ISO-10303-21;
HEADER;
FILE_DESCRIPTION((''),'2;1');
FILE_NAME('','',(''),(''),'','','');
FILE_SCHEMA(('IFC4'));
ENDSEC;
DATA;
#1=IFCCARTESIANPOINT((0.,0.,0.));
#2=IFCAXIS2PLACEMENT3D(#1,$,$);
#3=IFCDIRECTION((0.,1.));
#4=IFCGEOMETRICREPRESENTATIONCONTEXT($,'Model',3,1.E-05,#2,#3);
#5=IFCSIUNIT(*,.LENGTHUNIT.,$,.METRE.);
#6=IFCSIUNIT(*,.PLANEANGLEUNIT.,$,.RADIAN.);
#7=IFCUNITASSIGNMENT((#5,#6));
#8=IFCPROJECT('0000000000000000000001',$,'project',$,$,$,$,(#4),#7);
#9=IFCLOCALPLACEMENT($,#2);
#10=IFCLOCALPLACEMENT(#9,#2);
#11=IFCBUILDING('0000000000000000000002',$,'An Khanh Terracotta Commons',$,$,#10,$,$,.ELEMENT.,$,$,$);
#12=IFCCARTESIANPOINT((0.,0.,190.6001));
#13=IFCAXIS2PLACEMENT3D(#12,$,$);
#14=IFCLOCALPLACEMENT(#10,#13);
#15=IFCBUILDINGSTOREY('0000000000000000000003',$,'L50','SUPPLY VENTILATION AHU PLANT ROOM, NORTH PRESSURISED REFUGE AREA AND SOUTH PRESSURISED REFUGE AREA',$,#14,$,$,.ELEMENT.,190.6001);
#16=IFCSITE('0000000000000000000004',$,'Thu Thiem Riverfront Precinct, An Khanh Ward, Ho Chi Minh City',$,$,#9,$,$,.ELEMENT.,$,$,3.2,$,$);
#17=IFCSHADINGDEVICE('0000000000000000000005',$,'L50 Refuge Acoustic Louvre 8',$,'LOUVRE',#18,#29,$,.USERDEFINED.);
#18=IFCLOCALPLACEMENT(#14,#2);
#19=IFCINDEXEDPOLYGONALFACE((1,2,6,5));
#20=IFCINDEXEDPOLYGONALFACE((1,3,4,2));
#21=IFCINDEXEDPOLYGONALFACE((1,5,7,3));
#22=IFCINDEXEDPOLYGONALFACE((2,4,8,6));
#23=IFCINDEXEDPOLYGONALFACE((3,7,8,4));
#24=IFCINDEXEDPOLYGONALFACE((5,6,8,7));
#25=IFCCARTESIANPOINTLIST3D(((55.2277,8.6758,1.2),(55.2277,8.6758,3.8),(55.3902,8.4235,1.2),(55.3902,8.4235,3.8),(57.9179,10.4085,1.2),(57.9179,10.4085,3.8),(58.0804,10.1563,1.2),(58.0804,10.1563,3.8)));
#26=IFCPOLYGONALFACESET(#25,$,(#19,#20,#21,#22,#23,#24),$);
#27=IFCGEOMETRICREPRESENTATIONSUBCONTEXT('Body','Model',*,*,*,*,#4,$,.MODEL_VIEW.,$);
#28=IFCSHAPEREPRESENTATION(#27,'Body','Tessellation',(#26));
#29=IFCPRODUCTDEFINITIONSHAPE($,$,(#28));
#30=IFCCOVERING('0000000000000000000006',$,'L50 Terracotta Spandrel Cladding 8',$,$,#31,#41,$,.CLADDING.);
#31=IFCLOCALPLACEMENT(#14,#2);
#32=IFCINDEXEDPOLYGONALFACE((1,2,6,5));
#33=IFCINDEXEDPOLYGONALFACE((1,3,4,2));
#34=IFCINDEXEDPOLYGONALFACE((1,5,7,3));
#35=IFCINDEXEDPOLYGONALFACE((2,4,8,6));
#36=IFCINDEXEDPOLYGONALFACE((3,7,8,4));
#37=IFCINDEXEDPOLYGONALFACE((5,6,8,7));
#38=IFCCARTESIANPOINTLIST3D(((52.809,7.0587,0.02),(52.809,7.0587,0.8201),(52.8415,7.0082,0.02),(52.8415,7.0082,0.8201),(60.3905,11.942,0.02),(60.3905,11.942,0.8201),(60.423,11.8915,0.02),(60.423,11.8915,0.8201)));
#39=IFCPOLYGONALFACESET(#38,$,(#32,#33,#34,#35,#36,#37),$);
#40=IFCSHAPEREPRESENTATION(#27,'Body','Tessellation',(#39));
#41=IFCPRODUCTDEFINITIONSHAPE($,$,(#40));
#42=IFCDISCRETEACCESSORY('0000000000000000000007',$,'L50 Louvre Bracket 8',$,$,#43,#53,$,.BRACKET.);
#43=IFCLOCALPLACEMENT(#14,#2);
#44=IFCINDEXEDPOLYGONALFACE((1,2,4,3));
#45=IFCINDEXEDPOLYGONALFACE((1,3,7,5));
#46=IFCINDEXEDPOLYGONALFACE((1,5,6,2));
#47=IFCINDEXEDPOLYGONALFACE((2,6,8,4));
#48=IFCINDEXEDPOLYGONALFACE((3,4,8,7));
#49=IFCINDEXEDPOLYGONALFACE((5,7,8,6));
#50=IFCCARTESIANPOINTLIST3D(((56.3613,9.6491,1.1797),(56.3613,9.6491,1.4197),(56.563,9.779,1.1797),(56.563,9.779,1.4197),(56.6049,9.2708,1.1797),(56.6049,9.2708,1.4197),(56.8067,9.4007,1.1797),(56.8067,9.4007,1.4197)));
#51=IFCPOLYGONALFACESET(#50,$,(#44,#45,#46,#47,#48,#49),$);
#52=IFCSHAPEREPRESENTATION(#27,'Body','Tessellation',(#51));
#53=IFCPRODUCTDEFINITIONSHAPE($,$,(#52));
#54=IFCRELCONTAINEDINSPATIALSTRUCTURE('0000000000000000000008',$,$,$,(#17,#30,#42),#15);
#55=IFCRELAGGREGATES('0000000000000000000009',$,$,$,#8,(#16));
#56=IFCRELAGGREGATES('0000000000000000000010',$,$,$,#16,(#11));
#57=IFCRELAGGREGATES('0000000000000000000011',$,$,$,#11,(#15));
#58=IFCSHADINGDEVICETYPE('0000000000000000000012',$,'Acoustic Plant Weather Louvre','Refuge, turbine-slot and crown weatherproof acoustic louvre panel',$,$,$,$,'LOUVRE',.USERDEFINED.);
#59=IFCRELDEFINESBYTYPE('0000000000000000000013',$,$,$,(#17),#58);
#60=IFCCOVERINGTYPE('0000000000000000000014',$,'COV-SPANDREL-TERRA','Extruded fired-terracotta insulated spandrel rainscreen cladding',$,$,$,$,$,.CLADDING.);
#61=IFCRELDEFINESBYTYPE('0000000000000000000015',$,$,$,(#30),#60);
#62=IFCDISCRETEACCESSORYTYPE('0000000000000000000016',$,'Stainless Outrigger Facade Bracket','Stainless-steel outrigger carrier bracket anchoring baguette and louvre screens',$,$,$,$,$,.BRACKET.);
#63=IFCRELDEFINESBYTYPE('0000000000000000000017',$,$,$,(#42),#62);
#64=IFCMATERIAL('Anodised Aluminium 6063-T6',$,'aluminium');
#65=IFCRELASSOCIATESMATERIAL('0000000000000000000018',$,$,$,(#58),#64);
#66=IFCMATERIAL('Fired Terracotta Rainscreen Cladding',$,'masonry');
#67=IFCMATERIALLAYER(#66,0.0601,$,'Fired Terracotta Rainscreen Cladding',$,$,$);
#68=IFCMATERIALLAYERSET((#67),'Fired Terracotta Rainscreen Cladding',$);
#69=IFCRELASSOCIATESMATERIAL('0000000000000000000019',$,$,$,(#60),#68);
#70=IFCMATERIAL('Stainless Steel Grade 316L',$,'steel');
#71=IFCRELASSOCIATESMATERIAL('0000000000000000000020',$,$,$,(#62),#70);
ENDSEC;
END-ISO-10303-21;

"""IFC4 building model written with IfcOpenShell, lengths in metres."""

from ifc_helpers import new_model, si_unit, direction, frame, origin, origin_2d, place, context, subcontext, project, spatial, rectangle, extrude, material, layer, layer_set, type_object, element, save


model = new_model("IFC4")

# Units and contexts
model_context = context("Model", 3, precision=1e-05, world=origin(), true_north=direction((0.0, 1.0)))
body_context = subcontext(model_context, "Body", "Model", "MODEL_VIEW")
ifc_project = project(units=[si_unit("LENGTHUNIT", "METRE"), si_unit("PLANEANGLEUNIT", "RADIAN")], contexts=[model_context])

# Site, building, storey
site_placement = place(None, origin())
site = spatial("IfcSite", under=ifc_project, at=site_placement, Name="Thu Thiem Riverfront Precinct, An Khanh Ward, Ho Chi Minh City", CompositionType="ELEMENT", RefElevation=3.2)
building_placement = place(site_placement, origin())
building = spatial("IfcBuilding", under=site, at=building_placement, Name="An Khanh Terracotta Commons", CompositionType="ELEMENT")
storey_placement = place(building_placement, frame((0.0, 0.0, 190.6001)))
storey = spatial("IfcBuildingStorey", under=building, at=storey_placement, Name="L50", Description="SUPPLY VENTILATION AHU PLANT ROOM, NORTH PRESSURISED REFUGE AREA AND SOUTH PRESSURISED REFUGE AREA", CompositionType="ELEMENT", Elevation=190.6001)

# Shading device
ifc_material_1 = material(Name="Anodised Aluminium 6063-T6", Category="aluminium")
shading_device_type = type_object("IfcShadingDeviceType", Name="Acoustic Plant Weather Louvre", Description="Refuge, turbine-slot and crown weatherproof acoustic louvre panel", ElementType="LOUVRE", PredefinedType="USERDEFINED", material=ifc_material_1)
shading_device_placement = place(storey_placement, frame((56.6541, 9.416, 1.2), z_axis=(0.0, 0.0, 1.0), x_axis=(0.840702, 0.541498, 0.0)))
element("IfcShadingDevice", 1, at=shading_device_placement, inside=storey, type_object=shading_device_type, Name="L50 Refuge Acoustic Louvre 8", ObjectType="LOUVRE", PredefinedType="USERDEFINED", context=body_context, shape_type="SweptSolid", body=[
    extrude(rectangle(XDim=3.2, YDim=0.3, at=origin_2d()), origin(), (0.0, 0.0, 1.0), 2.6001),
])

# Covering
ifc_material_2 = material(Name="Fired Terracotta Rainscreen Cladding", Category="masonry")
ifc_layer_1 = layer(ifc_material_2, 0.0601, Name="Fired Terracotta Rainscreen Cladding")
ifc_layer_set_1 = layer_set([ifc_layer_1], Name="Fired Terracotta Rainscreen Cladding")
covering_type = type_object("IfcCoveringType", Name="COV-SPANDREL-TERRA", Description="Extruded fired-terracotta insulated spandrel rainscreen cladding", PredefinedType="CLADDING", material=ifc_layer_set_1)
covering_placement = place(storey_placement, frame((56.616, 9.4751, 0.02), z_axis=(0.0, 0.0, 1.0), x_axis=(0.840702, 0.541498, 0.0)))
element("IfcCovering", 2, at=covering_placement, inside=storey, type_object=covering_type, Name="L50 Terracotta Spandrel Cladding 8", PredefinedType="CLADDING", context=body_context, shape_type="SweptSolid", body=[
    extrude(rectangle(XDim=9.0181, YDim=0.0601, at=origin_2d()), origin(), (0.0, 0.0, 1.0), 0.8),
])

# Discrete accessory
ifc_material_3 = material(Name="Stainless Steel Grade 316L", Category="steel")
discrete_accessory_type = type_object("IfcDiscreteAccessoryType", Name="Stainless Outrigger Facade Bracket", Description="Stainless-steel outrigger carrier bracket anchoring baguette and louvre screens", PredefinedType="BRACKET", material=ifc_material_3)
discrete_accessory_placement = place(storey_placement, frame((56.584, 9.5249, 1.1797), z_axis=(0.0, 0.0, 1.0), x_axis=(0.840702, 0.541498, 0.0)))
element("IfcDiscreteAccessory", 3, at=discrete_accessory_placement, inside=storey, type_object=discrete_accessory_type, Name="L50 Louvre Bracket 8", PredefinedType="BRACKET", context=body_context, shape_type="SweptSolid", body=[
    extrude(rectangle(XDim=0.24, YDim=0.45, at=origin_2d()), origin(), (0.0, 0.0, 1.0), 0.24),
])

save(model, "model.ifc")
